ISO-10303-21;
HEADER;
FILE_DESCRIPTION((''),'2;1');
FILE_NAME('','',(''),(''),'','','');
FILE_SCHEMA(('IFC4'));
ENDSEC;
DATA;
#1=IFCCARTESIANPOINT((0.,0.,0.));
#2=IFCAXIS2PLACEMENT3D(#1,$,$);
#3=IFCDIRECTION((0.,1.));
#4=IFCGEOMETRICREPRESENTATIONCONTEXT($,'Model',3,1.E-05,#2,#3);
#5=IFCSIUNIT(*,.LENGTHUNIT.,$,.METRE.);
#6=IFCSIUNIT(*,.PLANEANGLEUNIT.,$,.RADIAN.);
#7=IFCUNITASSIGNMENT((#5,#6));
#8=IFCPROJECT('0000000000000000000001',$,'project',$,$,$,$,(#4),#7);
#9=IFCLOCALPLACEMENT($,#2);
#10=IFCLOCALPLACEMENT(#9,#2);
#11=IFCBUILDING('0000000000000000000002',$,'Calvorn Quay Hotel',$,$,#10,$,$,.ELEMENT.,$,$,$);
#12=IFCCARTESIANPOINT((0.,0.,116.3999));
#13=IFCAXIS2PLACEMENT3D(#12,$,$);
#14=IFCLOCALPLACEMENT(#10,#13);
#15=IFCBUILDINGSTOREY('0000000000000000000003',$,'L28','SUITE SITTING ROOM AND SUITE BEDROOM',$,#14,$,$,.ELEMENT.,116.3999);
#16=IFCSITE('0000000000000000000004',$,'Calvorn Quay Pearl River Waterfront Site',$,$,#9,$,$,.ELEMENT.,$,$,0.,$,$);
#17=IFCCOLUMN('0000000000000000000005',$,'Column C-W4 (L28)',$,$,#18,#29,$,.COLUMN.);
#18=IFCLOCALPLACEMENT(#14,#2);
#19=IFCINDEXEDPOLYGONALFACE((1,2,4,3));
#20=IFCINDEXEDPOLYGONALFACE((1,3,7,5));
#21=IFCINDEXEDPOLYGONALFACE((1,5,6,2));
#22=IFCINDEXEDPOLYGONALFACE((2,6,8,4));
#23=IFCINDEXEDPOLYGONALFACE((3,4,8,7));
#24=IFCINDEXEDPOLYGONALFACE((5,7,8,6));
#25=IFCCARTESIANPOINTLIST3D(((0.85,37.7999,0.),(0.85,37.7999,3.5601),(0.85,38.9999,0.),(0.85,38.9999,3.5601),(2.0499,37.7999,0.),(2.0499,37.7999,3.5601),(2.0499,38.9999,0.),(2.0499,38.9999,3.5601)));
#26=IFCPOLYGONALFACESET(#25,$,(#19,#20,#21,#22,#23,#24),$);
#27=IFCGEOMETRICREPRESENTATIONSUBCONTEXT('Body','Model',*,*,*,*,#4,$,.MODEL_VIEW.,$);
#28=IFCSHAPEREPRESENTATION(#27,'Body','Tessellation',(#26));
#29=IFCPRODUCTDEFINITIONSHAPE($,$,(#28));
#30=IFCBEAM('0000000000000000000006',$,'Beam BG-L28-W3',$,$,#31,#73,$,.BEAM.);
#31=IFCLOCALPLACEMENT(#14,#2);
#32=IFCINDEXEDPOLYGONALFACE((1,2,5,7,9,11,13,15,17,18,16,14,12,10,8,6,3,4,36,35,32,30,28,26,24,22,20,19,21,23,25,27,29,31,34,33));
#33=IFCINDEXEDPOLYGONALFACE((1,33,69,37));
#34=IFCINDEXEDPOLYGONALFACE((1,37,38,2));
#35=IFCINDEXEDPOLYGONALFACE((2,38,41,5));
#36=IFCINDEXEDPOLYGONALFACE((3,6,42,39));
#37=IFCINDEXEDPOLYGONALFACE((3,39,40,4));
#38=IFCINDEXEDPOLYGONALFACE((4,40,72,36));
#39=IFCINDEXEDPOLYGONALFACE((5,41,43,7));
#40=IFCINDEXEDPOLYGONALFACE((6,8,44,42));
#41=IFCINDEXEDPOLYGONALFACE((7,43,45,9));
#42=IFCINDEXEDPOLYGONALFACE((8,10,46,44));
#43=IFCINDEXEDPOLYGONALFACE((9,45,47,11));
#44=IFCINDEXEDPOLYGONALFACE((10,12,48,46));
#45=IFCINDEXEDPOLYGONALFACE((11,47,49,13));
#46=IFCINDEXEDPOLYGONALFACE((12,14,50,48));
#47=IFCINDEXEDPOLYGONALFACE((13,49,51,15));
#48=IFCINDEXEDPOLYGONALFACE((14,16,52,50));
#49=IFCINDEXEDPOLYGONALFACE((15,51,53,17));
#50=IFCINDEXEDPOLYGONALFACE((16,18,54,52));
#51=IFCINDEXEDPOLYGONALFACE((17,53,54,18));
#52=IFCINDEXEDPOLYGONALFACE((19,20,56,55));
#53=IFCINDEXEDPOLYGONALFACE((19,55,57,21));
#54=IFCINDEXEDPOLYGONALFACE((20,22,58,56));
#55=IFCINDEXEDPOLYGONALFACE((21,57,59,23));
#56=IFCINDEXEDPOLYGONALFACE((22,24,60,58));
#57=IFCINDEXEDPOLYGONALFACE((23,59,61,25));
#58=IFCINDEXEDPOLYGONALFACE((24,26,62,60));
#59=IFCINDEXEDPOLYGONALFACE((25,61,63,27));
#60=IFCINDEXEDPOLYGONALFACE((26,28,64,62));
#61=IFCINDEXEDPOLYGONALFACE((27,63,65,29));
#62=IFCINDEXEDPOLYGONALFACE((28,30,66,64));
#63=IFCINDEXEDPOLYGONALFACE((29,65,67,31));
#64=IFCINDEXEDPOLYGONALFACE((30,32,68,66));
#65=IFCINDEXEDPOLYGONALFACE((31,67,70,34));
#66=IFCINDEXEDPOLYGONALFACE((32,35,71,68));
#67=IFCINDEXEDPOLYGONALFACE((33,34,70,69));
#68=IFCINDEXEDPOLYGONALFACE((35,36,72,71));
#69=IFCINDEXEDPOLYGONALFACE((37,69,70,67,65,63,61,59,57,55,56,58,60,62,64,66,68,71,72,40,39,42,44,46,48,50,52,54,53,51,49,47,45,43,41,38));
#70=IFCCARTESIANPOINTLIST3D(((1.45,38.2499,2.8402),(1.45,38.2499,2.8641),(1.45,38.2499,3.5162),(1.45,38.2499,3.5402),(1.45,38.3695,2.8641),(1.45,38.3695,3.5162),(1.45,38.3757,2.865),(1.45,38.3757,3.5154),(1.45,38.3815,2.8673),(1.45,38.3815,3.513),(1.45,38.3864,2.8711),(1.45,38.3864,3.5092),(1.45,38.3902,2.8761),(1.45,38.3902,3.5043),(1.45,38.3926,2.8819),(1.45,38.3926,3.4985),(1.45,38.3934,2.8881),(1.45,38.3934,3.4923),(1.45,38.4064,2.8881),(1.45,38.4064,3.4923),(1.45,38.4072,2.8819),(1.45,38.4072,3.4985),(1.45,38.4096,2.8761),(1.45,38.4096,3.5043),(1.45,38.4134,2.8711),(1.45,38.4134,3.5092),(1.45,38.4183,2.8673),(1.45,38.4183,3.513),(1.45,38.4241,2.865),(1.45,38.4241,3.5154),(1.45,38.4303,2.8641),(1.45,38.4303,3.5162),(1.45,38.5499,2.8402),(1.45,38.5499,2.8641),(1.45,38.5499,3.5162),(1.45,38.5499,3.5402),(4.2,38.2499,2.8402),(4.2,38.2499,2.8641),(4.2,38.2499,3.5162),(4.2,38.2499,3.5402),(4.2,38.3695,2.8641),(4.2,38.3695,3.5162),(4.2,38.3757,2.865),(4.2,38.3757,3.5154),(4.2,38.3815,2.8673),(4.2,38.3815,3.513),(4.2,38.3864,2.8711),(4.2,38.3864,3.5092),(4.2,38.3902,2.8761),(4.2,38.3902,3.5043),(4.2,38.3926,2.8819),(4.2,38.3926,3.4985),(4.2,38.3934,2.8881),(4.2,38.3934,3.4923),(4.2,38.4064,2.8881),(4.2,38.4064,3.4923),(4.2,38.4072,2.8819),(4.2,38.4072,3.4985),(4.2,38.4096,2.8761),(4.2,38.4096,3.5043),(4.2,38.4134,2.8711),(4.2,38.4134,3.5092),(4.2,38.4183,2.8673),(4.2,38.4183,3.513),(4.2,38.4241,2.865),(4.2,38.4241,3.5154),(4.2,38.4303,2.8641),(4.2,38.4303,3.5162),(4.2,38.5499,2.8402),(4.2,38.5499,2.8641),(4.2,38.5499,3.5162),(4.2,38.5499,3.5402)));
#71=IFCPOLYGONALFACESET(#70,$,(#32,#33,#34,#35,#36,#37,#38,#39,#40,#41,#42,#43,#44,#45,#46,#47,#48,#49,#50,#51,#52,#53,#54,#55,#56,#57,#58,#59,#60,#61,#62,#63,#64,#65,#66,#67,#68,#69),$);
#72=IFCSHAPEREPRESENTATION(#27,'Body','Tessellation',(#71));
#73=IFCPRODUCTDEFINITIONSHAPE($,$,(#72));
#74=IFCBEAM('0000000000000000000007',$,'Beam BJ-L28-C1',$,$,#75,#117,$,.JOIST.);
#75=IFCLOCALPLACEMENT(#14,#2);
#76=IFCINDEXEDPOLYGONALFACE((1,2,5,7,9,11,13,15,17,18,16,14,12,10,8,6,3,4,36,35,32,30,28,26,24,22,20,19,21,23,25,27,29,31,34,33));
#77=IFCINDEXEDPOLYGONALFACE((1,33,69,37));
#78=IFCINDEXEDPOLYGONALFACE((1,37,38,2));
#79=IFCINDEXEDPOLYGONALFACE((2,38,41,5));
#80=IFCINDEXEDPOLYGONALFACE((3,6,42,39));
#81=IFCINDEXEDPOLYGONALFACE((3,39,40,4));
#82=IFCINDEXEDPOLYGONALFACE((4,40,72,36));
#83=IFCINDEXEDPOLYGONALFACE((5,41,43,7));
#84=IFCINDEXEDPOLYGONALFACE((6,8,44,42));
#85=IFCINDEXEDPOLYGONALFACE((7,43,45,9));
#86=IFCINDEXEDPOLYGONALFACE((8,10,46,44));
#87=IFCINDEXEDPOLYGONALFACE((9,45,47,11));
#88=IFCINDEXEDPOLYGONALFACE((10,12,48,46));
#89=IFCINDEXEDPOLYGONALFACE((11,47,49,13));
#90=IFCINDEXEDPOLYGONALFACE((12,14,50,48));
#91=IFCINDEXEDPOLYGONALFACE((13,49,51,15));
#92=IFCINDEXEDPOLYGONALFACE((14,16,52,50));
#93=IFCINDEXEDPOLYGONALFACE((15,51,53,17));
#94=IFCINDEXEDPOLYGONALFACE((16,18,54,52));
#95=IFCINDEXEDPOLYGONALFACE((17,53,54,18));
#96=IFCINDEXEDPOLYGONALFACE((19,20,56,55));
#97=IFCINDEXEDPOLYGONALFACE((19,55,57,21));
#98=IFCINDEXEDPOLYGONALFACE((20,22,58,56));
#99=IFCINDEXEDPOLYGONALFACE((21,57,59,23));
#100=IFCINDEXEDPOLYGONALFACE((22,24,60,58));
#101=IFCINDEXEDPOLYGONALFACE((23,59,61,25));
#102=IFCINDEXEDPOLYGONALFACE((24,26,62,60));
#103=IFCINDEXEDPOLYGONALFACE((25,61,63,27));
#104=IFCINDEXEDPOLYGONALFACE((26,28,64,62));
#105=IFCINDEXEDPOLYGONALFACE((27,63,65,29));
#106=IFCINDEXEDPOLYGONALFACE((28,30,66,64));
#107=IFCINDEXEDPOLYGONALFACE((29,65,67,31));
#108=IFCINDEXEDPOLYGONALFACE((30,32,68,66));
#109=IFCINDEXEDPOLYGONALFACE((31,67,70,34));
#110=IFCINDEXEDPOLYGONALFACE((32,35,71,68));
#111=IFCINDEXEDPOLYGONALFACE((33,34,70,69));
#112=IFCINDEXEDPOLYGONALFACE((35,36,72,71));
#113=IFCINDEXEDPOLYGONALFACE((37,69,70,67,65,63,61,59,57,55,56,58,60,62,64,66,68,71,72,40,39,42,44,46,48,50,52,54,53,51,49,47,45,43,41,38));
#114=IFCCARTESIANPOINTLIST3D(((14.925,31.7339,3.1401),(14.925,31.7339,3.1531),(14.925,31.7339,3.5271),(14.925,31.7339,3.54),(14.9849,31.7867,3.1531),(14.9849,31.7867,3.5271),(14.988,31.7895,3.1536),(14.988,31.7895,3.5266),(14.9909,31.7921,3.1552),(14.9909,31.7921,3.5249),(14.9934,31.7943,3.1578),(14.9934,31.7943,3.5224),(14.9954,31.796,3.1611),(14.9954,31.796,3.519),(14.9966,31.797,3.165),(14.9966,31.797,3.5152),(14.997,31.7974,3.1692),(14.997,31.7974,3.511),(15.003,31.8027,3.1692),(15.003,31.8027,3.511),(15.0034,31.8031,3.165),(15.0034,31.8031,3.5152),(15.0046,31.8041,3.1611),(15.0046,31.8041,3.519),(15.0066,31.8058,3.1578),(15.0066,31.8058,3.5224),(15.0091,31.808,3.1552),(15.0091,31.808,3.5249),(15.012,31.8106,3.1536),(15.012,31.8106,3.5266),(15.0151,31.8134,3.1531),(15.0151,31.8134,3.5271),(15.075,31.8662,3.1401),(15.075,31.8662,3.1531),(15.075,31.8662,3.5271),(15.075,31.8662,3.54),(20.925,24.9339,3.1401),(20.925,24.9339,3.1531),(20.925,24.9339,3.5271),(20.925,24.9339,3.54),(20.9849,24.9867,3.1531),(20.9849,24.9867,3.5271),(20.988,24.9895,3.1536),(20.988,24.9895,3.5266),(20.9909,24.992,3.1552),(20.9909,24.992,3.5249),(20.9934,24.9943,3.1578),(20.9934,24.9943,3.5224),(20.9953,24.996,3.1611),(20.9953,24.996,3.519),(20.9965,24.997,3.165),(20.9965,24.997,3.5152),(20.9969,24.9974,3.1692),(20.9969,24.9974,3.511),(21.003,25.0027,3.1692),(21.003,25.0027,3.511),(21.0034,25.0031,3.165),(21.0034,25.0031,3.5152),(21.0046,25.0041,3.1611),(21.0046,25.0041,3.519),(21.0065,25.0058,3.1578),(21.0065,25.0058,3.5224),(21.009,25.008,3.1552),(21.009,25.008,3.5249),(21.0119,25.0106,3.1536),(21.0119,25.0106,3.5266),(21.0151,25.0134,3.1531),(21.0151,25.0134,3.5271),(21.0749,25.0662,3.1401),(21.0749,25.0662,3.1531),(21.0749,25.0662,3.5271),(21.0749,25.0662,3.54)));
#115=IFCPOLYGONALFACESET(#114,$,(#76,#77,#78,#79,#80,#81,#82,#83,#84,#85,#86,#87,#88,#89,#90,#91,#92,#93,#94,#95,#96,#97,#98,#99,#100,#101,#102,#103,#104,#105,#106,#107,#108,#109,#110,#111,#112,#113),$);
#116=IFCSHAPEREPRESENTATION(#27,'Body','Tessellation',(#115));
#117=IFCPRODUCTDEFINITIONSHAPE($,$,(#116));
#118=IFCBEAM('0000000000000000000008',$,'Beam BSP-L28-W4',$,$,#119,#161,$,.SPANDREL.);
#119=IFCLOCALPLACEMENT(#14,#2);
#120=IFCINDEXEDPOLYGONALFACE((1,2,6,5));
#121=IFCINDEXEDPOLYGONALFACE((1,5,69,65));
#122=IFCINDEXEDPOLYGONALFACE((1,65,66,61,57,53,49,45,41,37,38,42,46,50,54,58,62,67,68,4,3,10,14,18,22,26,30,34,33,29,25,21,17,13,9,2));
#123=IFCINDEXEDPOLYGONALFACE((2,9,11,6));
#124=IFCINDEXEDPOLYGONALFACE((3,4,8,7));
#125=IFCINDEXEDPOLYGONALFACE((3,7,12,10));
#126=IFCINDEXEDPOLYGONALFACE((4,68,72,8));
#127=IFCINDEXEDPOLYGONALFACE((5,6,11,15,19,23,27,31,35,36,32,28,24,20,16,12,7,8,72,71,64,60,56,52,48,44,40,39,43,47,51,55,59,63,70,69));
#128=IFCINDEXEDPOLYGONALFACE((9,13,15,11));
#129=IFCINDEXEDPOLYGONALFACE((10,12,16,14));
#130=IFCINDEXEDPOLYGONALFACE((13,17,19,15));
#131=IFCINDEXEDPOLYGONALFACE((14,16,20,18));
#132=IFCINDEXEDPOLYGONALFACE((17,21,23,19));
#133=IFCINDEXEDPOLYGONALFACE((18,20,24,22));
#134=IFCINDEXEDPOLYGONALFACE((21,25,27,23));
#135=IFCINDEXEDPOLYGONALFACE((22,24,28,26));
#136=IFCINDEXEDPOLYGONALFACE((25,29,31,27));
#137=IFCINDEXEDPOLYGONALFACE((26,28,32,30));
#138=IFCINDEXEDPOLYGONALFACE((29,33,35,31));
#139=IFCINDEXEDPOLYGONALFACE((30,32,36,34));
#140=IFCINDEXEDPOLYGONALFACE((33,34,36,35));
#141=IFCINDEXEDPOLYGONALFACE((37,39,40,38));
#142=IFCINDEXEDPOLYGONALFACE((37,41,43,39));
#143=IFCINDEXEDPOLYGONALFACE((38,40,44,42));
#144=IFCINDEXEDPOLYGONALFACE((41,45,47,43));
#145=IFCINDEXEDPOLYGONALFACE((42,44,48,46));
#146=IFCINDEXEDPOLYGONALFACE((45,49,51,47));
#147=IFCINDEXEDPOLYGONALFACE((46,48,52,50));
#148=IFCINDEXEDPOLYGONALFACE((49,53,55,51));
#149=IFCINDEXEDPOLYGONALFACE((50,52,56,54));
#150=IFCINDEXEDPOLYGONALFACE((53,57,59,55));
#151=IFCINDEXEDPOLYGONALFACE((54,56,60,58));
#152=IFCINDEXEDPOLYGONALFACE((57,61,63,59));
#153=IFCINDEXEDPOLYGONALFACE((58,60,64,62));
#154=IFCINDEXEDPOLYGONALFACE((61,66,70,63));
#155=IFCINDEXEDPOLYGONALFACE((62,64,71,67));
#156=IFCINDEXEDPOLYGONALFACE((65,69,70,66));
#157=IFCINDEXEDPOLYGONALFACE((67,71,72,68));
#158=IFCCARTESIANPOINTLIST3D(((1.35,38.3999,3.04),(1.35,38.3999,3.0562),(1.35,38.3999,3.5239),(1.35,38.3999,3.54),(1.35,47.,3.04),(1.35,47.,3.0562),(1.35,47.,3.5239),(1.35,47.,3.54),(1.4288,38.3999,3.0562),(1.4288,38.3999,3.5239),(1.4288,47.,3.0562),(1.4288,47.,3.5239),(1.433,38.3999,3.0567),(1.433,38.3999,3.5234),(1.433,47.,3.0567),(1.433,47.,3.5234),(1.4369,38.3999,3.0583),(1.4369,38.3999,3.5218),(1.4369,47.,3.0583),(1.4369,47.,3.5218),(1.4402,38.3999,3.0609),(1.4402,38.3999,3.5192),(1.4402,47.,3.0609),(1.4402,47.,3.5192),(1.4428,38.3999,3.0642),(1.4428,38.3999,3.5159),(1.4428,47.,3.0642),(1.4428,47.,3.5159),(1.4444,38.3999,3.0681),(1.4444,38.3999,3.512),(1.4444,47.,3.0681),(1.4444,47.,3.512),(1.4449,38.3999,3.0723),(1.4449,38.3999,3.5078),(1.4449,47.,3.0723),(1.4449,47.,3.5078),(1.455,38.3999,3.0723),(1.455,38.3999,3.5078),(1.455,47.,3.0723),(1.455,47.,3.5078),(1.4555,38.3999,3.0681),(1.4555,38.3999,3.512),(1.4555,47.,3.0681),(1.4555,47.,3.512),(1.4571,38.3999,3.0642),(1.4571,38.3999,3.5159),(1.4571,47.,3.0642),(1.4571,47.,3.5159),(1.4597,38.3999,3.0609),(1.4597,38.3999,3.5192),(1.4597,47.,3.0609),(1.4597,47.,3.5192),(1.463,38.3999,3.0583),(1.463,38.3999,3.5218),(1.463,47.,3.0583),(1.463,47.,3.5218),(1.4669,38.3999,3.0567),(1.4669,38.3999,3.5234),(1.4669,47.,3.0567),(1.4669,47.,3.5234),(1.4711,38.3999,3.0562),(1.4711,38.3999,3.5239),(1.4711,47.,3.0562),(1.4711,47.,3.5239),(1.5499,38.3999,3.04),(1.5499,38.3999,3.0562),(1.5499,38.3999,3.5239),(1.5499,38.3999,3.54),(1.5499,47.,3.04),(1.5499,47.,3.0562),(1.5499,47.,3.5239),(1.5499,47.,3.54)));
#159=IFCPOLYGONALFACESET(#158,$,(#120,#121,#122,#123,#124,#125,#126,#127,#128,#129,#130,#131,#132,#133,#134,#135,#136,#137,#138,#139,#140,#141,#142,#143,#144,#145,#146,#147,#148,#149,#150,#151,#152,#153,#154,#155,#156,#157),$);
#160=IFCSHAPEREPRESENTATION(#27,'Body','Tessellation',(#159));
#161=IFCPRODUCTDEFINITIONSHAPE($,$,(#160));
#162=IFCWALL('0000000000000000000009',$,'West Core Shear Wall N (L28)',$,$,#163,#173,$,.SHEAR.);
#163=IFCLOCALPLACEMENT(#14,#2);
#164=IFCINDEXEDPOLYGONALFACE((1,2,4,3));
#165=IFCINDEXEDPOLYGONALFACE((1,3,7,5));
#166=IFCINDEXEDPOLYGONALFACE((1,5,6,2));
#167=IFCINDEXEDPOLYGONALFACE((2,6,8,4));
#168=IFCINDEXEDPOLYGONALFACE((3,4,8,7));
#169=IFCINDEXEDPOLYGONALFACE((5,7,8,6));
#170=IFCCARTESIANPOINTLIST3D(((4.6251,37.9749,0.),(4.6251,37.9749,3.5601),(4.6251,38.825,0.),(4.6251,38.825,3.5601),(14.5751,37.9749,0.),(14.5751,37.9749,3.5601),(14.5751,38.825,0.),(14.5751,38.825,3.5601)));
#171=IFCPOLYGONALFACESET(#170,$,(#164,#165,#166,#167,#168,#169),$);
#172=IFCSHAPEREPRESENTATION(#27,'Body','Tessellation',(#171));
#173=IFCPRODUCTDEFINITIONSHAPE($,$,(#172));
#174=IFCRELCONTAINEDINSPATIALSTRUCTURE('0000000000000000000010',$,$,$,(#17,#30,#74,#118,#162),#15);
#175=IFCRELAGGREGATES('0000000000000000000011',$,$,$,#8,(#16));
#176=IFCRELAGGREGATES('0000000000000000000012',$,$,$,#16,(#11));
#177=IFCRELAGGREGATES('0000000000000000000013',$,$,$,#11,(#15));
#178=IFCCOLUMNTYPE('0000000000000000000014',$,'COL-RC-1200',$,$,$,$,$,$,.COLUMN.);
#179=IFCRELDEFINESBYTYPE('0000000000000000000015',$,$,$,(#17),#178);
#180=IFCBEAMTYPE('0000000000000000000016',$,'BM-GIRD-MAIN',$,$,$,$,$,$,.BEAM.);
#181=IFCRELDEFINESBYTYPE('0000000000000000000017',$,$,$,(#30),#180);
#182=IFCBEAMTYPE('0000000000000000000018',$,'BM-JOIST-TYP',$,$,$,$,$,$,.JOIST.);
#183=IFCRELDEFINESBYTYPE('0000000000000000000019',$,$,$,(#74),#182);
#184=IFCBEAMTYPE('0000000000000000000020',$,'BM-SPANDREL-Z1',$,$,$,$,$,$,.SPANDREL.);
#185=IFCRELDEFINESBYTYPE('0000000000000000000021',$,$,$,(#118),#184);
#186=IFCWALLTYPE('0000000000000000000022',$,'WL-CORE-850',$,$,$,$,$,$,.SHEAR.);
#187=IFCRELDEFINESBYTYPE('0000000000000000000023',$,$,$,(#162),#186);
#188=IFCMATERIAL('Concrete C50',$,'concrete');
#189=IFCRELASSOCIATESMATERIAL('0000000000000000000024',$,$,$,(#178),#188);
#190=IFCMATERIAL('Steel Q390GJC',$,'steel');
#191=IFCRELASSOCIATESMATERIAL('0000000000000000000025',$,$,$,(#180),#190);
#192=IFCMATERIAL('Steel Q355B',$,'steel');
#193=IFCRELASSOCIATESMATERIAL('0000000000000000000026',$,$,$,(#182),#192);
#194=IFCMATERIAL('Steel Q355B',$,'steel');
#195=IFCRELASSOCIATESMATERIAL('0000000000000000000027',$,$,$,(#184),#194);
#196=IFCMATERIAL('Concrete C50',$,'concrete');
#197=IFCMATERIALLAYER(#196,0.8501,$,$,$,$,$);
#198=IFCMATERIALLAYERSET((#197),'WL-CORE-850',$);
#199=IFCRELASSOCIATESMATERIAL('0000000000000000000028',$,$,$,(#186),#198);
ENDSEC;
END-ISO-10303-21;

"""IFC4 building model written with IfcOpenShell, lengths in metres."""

from ifc_helpers import new_model, si_unit, direction, frame, frame_2d, origin, origin_2d, place, context, subcontext, project, spatial, rectangle, i_section, extrude, material, layer, layer_set, material_profile, profile_set, type_object, element, save


model = new_model("IFC4")

# Units and contexts
model_context = context("Model", 3, precision=1e-05, world=origin(), true_north=direction((0.0, 1.0)))
body_context = subcontext(model_context, "Body", "Model", "MODEL_VIEW")
ifc_project = project(units=[si_unit("LENGTHUNIT", "METRE"), si_unit("PLANEANGLEUNIT", "RADIAN")], contexts=[model_context])

# Site, building, storey
site_placement = place(None, origin())
site = spatial("IfcSite", under=ifc_project, at=site_placement, Name="Calvorn Quay Pearl River Waterfront Site", CompositionType="ELEMENT", RefElevation=0.0)
building_placement = place(site_placement, origin())
building = spatial("IfcBuilding", under=site, at=building_placement, Name="Calvorn Quay Hotel", CompositionType="ELEMENT")
storey_placement = place(building_placement, frame((0.0, 0.0, 116.3999)))
storey = spatial("IfcBuildingStorey", under=building, at=storey_placement, Name="L28", Description="SUITE SITTING ROOM AND SUITE BEDROOM", CompositionType="ELEMENT", Elevation=116.3999)

# Column
ifc_material_1 = material(Name="Concrete C50", Category="concrete")
ifc_material_profile_1 = material_profile(ifc_material_1, rectangle(XDim=1.2, YDim=1.2, at=origin_2d()), Name="RC1200x1200")
ifc_profile_set_1 = profile_set([ifc_material_profile_1], Name="Concrete C50")
column_type = type_object("IfcColumnType", Name="COL-RC-1200", PredefinedType="COLUMN", material=ifc_profile_set_1)
column_placement = place(storey_placement, frame((1.45, 38.3999, 0.0), z_axis=(0.0, 0.0, 1.0), x_axis=(1.0, 0.0, 0.0)))
element("IfcColumn", 1, at=column_placement, inside=storey, type_object=column_type, Name="Column C-W4 (L28)", PredefinedType="COLUMN", context=body_context, shape_type="SweptSolid", body=[
    extrude(rectangle(XDim=1.2, YDim=1.2, at=origin_2d()), origin(), (0.0, 0.0, 1.0), 3.5601),
])

# Beams
ifc_material_2 = material(Name="Steel Q390GJC", Category="steel")
ifc_material_profile_2 = material_profile(ifc_material_2, i_section(OverallWidth=0.3, OverallDepth=0.7, WebThickness=0.0129, FlangeThickness=0.0239, FilletRadius=0.0239, at=origin_2d()), Name="HN700x300x13x24")
ifc_profile_set_2 = profile_set([ifc_material_profile_2], Name="Steel Q390GJC")
beam_type_1 = type_object("IfcBeamType", Name="BM-GIRD-MAIN", PredefinedType="BEAM", material=ifc_profile_set_2)
beam_1_placement = place(storey_placement, frame((1.45, 38.3999, 3.1902), z_axis=(1.0, 0.0, 0.0), x_axis=(0.0, 1.0, 0.0)))
element("IfcBeam", 2, at=beam_1_placement, inside=storey, type_object=beam_type_1, Name="Beam BG-L28-W3", PredefinedType="BEAM", context=body_context, shape_type="SweptSolid", body=[
    extrude(i_section(OverallWidth=0.3, OverallDepth=0.7, WebThickness=0.0129, FlangeThickness=0.0239, FilletRadius=0.0239, at=origin_2d()), origin(), (0.0, 0.0, 1.0), 2.75),
])
ifc_material_3 = material(Name="Steel Q355B", Category="steel")
ifc_material_profile_3 = material_profile(ifc_material_3, i_section(OverallWidth=0.2, OverallDepth=0.3999, WebThickness=0.0081, FlangeThickness=0.0129, FilletRadius=0.0161, at=origin_2d()), Name="HN400x200x8x13")
ifc_profile_set_3 = profile_set([ifc_material_profile_3], Name="Steel Q355B")
beam_type_2 = type_object("IfcBeamType", Name="BM-JOIST-TYP", PredefinedType="JOIST", material=ifc_profile_set_3)
beam_2_placement = place(storey_placement, frame((15.0, 31.8, 3.3401), z_axis=(0.661619, -0.74984, 0.0), x_axis=(0.74984, 0.661619, 0.0)))
element("IfcBeam", 3, at=beam_2_placement, inside=storey, type_object=beam_type_2, Name="Beam BJ-L28-C1", PredefinedType="JOIST", context=body_context, shape_type="SweptSolid", body=[
    extrude(i_section(OverallWidth=0.2, OverallDepth=0.3999, WebThickness=0.0081, FlangeThickness=0.0129, FilletRadius=0.0161, at=origin_2d()), origin(), (0.0, 0.0, 1.0), 9.0686),
])
ifc_material_4 = material(Name="Steel Q355B", Category="steel")
ifc_material_profile_4 = material_profile(ifc_material_4, i_section(OverallWidth=0.2, OverallDepth=0.5, WebThickness=0.01, FlangeThickness=0.0161, FilletRadius=0.0161, at=origin_2d()), Name="HN500x200x10x16")
ifc_profile_set_4 = profile_set([ifc_material_profile_4], Name="Steel Q355B")
beam_type_3 = type_object("IfcBeamType", Name="BM-SPANDREL-Z1", PredefinedType="SPANDREL", material=ifc_profile_set_4)
beam_3_placement = place(storey_placement, frame((1.45, 38.3999, 3.29), z_axis=(0.0, 1.0, 0.0), x_axis=(-1.0, 0.0, 0.0)))
element("IfcBeam", 4, at=beam_3_placement, inside=storey, type_object=beam_type_3, Name="Beam BSP-L28-W4", PredefinedType="SPANDREL", context=body_context, shape_type="SweptSolid", body=[
    extrude(i_section(OverallWidth=0.2, OverallDepth=0.5, WebThickness=0.01, FlangeThickness=0.0161, FilletRadius=0.0161, at=origin_2d()), origin(), (0.0, 0.0, 1.0), 8.6001),
])

# Wall
ifc_material_5 = material(Name="Concrete C50", Category="concrete")
ifc_layer_1 = layer(ifc_material_5, 0.8501)
ifc_layer_set_1 = layer_set([ifc_layer_1], Name="WL-CORE-850")
wall_type_1 = type_object("IfcWallType", Name="WL-CORE-850", PredefinedType="SHEAR", material=ifc_layer_set_1)
wall_1_placement = place(storey_placement, frame((4.625, 38.3999, 0.0), z_axis=(0.0, 0.0, 1.0), x_axis=(1.0, 0.0, 0.0)))
element("IfcWall", 5, at=wall_1_placement, inside=storey, type_object=wall_type_1, Name="West Core Shear Wall N (L28)", PredefinedType="SHEAR", context=body_context, shape_type="SweptSolid", body=[
    extrude(rectangle(XDim=9.95, YDim=0.8501, at=frame_2d((4.9751, 0.0))), origin(), (0.0, 0.0, 1.0), 3.5601),
])

save(model, "model.ifc")
